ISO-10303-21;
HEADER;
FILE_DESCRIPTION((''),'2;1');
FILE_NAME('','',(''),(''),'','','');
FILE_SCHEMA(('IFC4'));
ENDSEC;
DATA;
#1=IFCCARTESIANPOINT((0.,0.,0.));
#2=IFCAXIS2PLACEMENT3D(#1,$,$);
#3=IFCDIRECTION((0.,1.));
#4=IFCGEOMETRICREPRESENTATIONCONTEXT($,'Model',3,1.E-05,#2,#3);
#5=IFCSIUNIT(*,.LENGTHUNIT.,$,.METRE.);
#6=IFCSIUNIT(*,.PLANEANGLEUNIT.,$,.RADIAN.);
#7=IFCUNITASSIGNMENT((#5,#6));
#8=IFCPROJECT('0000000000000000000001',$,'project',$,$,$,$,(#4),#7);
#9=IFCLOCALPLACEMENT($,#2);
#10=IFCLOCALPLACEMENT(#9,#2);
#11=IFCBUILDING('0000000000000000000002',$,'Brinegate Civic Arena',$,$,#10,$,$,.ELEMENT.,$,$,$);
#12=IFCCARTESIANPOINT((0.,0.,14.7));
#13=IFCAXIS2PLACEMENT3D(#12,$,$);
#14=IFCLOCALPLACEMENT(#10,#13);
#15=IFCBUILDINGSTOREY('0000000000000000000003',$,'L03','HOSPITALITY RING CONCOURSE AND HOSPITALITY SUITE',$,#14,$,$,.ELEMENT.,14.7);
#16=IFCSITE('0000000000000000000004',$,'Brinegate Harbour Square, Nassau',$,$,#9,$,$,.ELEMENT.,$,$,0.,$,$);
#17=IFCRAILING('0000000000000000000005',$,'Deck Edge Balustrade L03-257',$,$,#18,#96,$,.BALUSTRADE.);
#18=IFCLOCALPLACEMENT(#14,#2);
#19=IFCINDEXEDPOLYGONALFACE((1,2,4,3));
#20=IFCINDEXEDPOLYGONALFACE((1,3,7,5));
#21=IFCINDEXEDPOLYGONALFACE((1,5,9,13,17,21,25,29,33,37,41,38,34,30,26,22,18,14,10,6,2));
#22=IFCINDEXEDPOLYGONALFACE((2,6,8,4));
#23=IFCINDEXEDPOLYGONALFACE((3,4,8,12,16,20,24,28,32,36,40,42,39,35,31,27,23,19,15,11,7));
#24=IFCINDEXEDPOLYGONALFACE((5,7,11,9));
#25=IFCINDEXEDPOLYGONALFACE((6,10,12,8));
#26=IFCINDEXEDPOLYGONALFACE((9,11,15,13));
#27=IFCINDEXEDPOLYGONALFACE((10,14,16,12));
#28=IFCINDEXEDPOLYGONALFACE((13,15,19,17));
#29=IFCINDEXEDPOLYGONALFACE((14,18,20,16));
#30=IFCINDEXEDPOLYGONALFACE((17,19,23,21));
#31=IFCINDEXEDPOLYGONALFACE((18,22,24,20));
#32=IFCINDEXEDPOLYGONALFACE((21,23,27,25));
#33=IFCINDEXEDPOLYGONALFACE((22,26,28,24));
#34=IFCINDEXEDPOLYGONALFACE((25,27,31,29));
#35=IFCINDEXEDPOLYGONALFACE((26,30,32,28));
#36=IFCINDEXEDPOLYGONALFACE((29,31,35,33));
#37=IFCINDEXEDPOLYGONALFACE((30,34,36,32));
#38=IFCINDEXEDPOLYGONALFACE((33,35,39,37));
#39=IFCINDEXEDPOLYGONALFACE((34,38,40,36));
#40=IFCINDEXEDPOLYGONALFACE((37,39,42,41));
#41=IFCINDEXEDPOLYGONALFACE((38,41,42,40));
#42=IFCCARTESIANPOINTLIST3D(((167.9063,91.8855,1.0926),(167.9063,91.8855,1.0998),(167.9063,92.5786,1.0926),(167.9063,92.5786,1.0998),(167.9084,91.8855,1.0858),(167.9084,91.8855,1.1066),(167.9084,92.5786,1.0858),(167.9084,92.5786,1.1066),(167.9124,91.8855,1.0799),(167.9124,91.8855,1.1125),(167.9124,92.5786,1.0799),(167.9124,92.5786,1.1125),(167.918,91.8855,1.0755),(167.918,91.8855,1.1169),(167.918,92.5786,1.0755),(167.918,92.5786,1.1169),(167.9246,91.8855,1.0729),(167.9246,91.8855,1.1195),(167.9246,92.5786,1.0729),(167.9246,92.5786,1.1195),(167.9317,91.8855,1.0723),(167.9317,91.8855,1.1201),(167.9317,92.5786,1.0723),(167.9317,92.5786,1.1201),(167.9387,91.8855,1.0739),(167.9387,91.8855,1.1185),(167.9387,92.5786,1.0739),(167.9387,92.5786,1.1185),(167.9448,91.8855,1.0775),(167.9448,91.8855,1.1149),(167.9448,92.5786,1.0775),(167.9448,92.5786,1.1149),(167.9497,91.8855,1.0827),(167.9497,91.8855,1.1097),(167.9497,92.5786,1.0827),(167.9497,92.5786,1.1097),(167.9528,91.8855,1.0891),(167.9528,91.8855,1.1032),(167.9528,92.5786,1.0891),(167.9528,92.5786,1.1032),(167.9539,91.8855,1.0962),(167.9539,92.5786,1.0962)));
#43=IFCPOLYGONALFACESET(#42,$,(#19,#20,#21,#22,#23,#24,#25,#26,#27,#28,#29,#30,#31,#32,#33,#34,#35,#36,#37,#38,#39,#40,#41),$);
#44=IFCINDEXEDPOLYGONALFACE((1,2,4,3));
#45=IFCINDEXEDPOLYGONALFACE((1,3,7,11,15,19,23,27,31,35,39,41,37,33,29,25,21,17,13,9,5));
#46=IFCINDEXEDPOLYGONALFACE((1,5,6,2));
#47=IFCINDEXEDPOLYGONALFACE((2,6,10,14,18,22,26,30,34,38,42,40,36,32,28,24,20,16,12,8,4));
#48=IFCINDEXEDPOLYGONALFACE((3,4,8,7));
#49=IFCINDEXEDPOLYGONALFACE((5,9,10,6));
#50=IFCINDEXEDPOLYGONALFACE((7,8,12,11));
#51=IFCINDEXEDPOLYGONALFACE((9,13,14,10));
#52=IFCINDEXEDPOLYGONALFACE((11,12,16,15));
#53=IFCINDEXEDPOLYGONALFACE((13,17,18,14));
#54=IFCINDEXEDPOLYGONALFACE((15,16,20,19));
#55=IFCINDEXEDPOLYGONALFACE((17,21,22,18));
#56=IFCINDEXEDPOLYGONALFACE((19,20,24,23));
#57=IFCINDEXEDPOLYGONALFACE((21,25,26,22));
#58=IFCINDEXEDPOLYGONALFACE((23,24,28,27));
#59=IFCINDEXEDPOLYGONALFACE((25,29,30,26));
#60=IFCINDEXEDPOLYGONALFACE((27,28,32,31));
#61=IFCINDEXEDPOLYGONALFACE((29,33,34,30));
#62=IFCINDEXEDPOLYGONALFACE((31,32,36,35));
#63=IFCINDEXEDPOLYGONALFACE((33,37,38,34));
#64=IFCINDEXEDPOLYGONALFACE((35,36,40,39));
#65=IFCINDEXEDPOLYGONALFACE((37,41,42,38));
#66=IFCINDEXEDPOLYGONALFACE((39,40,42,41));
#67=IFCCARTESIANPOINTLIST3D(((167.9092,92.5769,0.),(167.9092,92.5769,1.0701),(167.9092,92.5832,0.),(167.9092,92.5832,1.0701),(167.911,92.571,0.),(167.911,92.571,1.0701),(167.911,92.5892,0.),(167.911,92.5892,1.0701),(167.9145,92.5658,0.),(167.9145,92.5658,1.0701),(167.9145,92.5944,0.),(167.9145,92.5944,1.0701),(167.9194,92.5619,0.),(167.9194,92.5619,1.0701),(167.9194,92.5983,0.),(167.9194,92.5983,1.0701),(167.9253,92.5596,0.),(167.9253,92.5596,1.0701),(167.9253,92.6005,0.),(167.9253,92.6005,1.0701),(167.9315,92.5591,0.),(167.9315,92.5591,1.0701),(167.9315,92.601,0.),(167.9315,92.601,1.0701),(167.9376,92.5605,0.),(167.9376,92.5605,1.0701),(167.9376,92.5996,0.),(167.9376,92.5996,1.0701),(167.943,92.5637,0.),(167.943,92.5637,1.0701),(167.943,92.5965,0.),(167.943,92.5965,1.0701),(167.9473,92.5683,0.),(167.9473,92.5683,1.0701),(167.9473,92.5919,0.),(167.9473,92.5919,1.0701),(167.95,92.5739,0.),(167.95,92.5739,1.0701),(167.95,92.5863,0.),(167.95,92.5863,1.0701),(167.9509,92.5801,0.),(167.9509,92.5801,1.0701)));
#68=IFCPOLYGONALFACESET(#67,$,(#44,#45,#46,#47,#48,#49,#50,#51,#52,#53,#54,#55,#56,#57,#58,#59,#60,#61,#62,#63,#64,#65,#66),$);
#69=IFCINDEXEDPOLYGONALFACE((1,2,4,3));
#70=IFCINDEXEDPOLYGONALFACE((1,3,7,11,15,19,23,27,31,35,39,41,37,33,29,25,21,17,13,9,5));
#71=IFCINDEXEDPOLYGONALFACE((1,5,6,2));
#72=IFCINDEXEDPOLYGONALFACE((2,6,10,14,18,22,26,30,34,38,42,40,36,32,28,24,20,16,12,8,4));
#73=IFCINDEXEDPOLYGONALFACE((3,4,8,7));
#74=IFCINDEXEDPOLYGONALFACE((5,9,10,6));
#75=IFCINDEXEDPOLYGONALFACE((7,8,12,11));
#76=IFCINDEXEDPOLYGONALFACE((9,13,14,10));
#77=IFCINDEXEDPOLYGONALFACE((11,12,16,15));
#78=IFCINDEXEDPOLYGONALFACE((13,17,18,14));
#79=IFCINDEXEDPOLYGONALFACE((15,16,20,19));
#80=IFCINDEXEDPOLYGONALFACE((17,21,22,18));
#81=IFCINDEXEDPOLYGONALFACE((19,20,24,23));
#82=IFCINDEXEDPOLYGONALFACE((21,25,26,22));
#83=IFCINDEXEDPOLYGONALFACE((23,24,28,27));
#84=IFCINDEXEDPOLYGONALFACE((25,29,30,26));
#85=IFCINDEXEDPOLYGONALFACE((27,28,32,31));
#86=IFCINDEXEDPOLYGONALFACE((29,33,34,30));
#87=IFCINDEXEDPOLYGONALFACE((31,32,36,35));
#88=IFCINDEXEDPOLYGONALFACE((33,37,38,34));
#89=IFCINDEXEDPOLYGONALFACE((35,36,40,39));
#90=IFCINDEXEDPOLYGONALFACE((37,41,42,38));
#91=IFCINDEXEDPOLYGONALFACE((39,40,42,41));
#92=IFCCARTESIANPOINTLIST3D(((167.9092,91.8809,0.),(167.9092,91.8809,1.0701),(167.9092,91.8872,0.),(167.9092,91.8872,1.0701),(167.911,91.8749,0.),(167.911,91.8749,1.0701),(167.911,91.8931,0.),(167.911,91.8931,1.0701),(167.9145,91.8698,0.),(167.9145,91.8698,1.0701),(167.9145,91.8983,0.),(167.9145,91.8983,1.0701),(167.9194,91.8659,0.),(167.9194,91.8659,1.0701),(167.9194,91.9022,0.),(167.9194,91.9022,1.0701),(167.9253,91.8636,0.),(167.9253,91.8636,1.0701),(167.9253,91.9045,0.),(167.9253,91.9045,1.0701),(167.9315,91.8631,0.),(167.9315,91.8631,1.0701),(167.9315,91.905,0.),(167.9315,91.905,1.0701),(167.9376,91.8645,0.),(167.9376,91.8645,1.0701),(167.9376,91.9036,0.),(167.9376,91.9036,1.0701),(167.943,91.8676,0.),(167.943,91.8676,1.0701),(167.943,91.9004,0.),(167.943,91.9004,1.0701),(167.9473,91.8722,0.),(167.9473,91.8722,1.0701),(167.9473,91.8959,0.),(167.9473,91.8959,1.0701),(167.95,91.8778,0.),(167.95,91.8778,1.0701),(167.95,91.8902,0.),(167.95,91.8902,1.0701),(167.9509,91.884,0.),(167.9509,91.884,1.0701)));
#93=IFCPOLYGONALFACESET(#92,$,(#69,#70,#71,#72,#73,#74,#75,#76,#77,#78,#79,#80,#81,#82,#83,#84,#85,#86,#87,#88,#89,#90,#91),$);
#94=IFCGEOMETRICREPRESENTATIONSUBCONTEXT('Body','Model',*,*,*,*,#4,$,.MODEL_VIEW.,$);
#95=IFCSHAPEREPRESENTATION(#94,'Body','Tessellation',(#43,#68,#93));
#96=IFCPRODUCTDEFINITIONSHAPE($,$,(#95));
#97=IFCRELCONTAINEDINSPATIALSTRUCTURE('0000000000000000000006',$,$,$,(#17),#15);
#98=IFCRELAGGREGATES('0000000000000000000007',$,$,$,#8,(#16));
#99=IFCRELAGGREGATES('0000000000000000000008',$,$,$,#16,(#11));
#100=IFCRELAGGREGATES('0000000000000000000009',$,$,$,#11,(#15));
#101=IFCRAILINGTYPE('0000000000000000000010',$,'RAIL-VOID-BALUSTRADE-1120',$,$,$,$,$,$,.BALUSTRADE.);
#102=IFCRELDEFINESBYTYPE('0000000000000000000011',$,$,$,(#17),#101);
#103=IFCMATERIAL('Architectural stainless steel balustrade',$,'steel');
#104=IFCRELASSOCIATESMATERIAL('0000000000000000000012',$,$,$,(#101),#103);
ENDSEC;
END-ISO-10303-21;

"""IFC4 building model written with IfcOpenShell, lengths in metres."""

from ifc_helpers import new_model, si_unit, direction, frame, origin, origin_2d, place, context, subcontext, project, spatial, circle, extrude, material, type_object, element, save


model = new_model("IFC4")

# Units and contexts
model_context = context("Model", 3, precision=1e-05, world=origin(), true_north=direction((0.0, 1.0)))
body_context = subcontext(model_context, "Body", "Model", "MODEL_VIEW")
ifc_project = project(units=[si_unit("LENGTHUNIT", "METRE"), si_unit("PLANEANGLEUNIT", "RADIAN")], contexts=[model_context])

# Site, building, storey
site_placement = place(None, origin())
site = spatial("IfcSite", under=ifc_project, at=site_placement, Name="Brinegate Harbour Square, Nassau", CompositionType="ELEMENT", RefElevation=0.0)
building_placement = place(site_placement, origin())
building = spatial("IfcBuilding", under=site, at=building_placement, Name="Brinegate Civic Arena", CompositionType="ELEMENT")
storey_placement = place(building_placement, frame((0.0, 0.0, 14.7)))
storey = spatial("IfcBuildingStorey", under=building, at=storey_placement, Name="L03", Description="HOSPITALITY RING CONCOURSE AND HOSPITALITY SUITE", CompositionType="ELEMENT", Elevation=14.7)

# Railing
ifc_material_1 = material(Name="Architectural stainless steel balustrade", Category="steel")
railing_type_1 = type_object("IfcRailingType", Name="RAIL-VOID-BALUSTRADE-1120", PredefinedType="BALUSTRADE", material=ifc_material_1)
for number, where, name in (
    (1, (167.9299, 92.5801, 0.0), "Deck Edge Balustrade L03-257"),
):
    element("IfcRailing", number, at=place(storey_placement, frame(where)), inside=storey, type_object=railing_type_1, Name=name, PredefinedType="BALUSTRADE", context=body_context, shape_type="SweptSolid", body=[
        extrude(circle(Radius=0.0239, at=origin_2d()), frame((0.0, -0.0015, 1.0962), z_axis=(0.0, -1.0, 0.0), x_axis=(1.0, 0.0, 0.0)), (0.0, 0.0, 1.0), 0.6931),
        extrude(circle(Radius=0.021, at=origin_2d()), origin(), (0.0, 0.0, 1.0), 1.0701),
        extrude(circle(Radius=0.021, at=origin_2d()), frame((0.0, -0.696, 0.0)), (0.0, 0.0, 1.0), 1.0701),
    ])

save(model, "model.ifc")
